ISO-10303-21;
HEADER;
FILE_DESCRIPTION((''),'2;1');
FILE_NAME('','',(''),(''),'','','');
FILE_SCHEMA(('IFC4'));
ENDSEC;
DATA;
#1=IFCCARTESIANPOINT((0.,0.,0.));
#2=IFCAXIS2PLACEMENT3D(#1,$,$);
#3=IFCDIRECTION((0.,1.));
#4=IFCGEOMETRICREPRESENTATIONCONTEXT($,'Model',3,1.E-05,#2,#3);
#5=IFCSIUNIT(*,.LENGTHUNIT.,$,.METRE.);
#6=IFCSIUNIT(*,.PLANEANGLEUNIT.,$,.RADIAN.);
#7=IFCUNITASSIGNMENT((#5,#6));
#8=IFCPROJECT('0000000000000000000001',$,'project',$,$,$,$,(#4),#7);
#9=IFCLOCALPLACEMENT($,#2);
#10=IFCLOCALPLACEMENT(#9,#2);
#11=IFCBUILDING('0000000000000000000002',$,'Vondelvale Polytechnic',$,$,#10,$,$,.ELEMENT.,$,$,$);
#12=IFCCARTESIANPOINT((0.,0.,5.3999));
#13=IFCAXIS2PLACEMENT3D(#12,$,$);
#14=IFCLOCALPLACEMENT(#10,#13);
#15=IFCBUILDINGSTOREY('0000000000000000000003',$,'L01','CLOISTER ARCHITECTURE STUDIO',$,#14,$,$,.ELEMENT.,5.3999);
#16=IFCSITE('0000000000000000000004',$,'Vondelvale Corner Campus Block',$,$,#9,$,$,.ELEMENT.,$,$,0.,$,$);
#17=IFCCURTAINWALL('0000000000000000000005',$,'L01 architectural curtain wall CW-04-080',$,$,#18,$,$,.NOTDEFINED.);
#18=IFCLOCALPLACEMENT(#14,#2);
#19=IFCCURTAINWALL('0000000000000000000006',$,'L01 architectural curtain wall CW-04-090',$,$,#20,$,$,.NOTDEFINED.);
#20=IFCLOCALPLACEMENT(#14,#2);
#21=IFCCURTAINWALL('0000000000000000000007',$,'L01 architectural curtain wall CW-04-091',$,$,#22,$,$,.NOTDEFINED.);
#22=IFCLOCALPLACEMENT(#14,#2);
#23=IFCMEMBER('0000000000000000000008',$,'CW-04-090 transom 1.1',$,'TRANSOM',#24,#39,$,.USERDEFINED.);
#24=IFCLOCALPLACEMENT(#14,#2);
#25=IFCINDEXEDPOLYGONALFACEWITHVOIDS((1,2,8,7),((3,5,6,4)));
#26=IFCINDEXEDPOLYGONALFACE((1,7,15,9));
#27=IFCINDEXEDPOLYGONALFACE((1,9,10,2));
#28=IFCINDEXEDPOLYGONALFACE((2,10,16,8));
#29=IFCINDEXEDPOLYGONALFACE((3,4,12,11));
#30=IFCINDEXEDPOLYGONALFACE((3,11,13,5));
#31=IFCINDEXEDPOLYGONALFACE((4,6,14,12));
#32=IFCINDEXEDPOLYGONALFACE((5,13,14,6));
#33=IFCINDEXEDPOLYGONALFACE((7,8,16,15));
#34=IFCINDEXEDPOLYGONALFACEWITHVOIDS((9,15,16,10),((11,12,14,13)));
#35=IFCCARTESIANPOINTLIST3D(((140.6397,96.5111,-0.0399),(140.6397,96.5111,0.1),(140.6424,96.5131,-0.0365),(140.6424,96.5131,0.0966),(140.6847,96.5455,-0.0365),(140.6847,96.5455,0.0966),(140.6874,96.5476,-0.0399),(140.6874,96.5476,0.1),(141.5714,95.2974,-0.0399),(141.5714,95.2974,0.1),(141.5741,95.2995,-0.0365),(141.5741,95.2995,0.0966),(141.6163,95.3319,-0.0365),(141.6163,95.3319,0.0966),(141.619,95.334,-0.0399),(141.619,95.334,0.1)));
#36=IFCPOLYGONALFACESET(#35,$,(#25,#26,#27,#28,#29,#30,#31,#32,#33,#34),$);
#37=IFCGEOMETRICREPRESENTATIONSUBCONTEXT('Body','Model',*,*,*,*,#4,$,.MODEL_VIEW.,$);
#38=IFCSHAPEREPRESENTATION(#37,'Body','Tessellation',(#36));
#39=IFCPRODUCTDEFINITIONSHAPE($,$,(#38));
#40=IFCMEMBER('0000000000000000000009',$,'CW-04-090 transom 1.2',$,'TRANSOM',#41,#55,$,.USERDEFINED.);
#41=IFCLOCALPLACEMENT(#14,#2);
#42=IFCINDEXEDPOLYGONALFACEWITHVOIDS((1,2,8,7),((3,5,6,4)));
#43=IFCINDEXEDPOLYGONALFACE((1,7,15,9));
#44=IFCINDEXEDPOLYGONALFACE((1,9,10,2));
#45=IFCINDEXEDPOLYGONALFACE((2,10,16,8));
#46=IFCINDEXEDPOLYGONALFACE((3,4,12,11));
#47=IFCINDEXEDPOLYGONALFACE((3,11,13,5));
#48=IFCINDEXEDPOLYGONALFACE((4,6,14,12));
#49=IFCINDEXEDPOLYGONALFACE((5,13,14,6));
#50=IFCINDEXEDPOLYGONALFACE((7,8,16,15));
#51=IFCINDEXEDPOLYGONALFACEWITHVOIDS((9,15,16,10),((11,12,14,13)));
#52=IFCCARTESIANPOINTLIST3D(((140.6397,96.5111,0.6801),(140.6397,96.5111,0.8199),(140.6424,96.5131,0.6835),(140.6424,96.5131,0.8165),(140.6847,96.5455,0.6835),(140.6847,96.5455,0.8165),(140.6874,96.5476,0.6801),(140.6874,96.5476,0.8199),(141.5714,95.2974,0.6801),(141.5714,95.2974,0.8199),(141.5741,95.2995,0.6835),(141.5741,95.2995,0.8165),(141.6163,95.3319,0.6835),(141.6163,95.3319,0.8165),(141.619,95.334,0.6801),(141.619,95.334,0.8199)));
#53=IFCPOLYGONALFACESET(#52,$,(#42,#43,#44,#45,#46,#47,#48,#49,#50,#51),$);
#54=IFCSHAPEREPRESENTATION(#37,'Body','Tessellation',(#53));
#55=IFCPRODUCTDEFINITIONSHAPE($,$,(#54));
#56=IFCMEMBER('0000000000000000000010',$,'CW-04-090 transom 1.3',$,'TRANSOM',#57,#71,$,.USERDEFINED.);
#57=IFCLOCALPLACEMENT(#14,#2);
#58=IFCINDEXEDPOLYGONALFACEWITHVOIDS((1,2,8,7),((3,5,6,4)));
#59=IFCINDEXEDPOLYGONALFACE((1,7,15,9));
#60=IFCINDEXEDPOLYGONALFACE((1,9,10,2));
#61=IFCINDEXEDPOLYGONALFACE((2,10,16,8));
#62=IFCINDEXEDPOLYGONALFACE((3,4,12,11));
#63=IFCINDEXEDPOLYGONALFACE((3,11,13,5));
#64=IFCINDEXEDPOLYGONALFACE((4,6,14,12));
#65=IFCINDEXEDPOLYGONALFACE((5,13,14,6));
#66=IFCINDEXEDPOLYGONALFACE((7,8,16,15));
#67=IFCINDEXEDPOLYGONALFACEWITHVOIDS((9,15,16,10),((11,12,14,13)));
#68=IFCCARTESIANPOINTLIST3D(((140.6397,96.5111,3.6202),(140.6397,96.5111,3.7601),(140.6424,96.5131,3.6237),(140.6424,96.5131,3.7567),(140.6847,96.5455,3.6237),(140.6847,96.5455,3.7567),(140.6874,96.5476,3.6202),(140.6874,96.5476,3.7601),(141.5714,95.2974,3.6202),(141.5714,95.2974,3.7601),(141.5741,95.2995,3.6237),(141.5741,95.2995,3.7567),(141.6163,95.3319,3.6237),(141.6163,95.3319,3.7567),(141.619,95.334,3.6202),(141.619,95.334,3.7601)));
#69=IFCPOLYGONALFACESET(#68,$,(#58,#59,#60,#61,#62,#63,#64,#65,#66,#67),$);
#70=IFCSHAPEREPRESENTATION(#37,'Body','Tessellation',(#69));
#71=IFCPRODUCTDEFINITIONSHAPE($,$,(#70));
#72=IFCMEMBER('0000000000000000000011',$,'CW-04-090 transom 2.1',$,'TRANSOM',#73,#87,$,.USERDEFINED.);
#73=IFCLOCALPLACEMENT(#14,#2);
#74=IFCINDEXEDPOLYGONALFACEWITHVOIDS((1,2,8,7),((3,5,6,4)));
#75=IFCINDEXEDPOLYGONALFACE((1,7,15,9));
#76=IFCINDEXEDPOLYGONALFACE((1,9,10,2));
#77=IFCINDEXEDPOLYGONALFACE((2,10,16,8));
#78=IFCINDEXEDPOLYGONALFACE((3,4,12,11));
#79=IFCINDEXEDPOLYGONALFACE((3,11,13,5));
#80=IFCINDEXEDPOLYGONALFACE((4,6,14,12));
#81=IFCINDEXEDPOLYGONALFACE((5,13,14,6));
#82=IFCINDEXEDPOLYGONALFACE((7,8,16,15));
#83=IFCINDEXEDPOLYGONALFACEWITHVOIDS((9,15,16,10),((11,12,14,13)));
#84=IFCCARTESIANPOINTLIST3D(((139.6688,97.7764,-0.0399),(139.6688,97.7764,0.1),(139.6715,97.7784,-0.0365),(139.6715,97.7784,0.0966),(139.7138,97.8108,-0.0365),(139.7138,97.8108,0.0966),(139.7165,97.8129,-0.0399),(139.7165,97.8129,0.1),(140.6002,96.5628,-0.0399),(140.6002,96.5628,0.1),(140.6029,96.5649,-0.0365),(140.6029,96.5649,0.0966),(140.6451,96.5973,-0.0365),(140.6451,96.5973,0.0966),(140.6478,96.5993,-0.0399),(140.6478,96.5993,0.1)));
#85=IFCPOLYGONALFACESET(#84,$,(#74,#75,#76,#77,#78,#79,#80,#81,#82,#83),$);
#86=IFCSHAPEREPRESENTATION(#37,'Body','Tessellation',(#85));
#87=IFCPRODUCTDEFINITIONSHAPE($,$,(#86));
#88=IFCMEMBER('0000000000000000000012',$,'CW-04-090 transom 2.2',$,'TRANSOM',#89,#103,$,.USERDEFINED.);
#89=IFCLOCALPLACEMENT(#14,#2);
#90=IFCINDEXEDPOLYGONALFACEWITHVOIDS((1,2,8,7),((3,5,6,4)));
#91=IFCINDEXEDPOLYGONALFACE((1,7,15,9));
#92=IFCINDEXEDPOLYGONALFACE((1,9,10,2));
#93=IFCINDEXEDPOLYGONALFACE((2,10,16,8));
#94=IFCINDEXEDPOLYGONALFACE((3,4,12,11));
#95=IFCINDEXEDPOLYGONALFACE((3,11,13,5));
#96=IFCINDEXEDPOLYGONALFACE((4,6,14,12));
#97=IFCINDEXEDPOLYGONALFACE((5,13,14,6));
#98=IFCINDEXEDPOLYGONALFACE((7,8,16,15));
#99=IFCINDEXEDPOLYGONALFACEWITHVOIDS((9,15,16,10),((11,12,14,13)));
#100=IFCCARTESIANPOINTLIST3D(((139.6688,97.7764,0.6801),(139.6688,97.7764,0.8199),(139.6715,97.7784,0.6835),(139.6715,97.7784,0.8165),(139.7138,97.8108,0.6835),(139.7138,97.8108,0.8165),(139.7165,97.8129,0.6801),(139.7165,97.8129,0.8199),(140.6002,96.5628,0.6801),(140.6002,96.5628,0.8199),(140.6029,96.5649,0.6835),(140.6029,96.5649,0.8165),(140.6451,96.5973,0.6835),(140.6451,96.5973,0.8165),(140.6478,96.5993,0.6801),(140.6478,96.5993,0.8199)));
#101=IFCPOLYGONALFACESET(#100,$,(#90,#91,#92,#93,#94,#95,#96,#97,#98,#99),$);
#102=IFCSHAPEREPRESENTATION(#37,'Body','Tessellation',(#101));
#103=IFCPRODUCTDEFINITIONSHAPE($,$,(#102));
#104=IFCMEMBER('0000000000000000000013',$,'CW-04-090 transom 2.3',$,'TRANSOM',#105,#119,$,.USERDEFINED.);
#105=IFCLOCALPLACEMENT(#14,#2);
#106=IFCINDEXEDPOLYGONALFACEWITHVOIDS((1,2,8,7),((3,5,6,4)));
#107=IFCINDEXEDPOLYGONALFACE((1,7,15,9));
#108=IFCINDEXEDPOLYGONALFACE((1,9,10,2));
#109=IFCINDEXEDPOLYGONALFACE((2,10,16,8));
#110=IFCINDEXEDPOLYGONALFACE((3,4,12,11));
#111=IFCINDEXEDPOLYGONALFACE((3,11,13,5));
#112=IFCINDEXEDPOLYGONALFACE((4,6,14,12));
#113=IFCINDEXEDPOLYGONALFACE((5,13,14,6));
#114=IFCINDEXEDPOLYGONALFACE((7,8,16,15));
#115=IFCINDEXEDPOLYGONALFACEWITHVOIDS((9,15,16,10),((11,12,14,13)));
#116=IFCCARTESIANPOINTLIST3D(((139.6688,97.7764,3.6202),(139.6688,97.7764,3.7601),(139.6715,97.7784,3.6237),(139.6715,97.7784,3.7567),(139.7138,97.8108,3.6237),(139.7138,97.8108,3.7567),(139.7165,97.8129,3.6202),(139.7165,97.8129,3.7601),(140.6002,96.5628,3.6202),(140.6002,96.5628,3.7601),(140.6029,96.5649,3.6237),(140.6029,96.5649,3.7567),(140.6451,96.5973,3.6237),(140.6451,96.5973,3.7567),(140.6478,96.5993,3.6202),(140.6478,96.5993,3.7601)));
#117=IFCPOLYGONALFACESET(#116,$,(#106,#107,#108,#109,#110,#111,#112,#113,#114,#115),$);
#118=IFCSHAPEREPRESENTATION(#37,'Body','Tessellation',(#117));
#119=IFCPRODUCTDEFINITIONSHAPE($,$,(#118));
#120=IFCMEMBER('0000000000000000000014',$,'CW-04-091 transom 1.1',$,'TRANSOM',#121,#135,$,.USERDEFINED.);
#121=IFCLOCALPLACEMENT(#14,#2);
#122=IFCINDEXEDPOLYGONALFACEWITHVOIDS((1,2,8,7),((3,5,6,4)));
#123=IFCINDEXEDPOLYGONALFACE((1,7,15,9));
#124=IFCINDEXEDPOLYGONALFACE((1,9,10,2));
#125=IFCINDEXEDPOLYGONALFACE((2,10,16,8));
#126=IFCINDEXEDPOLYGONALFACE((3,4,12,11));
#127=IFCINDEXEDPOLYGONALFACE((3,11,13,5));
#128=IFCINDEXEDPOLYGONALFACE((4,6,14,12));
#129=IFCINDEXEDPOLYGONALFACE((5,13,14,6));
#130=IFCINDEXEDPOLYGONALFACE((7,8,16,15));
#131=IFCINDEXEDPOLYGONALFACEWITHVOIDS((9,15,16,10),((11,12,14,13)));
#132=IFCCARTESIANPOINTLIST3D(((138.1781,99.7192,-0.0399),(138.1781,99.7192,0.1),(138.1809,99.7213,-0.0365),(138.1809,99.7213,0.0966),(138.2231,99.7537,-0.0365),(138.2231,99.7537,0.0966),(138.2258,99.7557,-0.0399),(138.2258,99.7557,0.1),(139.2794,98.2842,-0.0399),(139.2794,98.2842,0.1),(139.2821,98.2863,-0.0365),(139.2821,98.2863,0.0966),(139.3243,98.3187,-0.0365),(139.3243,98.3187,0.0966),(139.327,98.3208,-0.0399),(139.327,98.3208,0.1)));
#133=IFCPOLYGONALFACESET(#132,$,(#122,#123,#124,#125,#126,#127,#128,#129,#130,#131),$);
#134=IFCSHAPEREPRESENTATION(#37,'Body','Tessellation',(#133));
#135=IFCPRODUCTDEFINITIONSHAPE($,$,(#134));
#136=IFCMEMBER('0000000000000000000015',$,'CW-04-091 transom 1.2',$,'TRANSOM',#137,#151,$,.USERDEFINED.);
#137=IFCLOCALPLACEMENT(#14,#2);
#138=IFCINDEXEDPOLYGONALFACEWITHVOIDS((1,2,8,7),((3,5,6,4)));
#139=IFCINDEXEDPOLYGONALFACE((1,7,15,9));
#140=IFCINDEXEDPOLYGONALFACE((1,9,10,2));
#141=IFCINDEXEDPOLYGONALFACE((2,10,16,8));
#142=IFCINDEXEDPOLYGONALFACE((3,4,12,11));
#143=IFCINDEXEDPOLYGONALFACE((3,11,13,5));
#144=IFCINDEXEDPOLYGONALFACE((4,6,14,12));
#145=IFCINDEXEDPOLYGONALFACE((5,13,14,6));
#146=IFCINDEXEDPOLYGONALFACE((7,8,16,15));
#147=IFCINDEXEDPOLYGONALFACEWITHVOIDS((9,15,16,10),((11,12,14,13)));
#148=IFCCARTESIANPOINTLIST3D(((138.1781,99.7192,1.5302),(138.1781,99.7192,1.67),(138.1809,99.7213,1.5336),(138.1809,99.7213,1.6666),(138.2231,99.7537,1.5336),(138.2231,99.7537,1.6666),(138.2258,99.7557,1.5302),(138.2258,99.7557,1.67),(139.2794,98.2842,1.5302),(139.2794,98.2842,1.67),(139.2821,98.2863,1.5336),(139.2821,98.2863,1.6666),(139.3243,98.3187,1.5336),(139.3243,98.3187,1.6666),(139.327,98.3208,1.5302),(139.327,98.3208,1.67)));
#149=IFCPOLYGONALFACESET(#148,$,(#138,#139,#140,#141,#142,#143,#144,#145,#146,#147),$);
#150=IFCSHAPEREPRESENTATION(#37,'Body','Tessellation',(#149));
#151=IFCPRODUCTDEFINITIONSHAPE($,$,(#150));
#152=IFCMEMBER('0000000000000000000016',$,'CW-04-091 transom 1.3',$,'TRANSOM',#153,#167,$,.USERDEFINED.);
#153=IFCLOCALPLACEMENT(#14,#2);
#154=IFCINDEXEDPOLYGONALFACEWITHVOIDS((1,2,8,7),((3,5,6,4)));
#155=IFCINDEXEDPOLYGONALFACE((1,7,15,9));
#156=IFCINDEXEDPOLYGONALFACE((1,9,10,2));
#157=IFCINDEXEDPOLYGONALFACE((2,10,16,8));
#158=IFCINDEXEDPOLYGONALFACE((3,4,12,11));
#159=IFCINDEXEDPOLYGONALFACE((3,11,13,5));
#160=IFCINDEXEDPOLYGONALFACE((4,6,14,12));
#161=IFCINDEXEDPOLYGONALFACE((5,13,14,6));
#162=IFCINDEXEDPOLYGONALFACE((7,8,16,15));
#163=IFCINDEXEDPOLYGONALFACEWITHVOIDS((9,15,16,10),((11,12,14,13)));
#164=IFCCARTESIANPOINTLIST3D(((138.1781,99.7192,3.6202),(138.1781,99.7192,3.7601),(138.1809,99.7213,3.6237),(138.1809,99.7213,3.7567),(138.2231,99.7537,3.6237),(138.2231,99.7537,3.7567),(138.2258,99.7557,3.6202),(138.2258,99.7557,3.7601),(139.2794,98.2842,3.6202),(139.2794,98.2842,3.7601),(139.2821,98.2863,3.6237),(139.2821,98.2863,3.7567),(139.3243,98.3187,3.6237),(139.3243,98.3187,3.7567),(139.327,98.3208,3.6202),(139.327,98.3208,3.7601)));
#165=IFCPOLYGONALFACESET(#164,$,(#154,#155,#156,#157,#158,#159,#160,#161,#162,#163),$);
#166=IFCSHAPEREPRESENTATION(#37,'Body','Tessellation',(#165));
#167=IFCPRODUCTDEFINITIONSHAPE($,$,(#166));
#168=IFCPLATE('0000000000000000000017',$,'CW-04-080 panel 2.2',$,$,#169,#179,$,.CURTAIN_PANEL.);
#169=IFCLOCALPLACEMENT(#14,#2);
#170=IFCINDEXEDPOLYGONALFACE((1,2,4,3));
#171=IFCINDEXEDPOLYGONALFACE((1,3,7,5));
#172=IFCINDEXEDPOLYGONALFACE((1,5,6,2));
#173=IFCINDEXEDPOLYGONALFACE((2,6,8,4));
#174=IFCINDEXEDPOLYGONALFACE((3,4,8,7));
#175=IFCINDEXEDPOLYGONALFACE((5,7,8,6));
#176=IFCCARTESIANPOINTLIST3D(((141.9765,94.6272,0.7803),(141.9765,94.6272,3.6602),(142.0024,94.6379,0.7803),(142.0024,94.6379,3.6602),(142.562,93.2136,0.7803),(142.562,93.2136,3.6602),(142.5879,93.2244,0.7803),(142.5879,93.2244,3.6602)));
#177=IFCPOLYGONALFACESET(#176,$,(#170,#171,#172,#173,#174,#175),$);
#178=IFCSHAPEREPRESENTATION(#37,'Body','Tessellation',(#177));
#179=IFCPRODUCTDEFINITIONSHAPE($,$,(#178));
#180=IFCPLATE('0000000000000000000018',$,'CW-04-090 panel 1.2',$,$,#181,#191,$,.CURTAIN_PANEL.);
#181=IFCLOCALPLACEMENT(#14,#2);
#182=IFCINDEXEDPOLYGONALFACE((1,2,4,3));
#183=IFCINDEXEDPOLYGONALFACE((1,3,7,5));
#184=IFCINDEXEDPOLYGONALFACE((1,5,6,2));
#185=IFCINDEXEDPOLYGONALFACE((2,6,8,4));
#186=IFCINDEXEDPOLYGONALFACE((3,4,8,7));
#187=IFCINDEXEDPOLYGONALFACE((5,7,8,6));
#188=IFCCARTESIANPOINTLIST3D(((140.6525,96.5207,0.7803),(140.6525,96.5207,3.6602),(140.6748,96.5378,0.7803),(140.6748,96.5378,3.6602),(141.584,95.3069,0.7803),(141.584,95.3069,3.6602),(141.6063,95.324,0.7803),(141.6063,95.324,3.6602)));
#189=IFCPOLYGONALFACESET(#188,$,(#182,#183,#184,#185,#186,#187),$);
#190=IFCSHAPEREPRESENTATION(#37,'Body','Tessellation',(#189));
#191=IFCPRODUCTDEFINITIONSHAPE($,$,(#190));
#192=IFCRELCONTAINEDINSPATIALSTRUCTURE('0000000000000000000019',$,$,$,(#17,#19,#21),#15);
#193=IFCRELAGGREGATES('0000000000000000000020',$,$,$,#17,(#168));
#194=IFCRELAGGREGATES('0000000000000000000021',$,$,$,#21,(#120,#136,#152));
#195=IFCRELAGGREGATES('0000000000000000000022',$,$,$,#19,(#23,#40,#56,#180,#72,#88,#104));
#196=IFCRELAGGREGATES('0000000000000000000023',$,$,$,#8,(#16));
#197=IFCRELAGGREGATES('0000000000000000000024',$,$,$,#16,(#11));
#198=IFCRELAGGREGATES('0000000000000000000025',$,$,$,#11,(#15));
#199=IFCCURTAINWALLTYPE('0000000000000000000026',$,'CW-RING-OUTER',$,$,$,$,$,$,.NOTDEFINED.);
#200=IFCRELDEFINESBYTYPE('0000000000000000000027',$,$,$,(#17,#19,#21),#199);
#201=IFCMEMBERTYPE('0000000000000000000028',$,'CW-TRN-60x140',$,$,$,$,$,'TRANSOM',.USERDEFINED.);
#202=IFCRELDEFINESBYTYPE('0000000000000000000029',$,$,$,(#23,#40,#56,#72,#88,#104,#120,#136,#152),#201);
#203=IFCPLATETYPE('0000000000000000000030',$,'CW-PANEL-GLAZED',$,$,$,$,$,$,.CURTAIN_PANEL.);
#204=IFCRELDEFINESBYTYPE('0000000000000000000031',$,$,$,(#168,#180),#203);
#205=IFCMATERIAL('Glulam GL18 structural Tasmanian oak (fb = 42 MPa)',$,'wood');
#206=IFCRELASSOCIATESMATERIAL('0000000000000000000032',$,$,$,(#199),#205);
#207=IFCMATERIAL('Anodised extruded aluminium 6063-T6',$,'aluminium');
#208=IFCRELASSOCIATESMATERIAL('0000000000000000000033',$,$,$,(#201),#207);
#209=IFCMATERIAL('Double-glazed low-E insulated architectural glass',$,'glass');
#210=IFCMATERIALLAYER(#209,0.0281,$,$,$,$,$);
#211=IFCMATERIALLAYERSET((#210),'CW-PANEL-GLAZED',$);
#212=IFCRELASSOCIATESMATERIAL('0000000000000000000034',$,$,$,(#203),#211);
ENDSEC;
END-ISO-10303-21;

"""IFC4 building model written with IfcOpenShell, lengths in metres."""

from ifc_helpers import new_model, si_unit, direction, frame, origin, origin_2d, place, context, subcontext, project, spatial, rectangle, hollow_rectangle, extrude, material, layer, layer_set, material_profile, profile_set, type_object, element, aggregate, save


model = new_model("IFC4")

# Units and contexts
model_context = context("Model", 3, precision=1e-05, world=origin(), true_north=direction((0.0, 1.0)))
body_context = subcontext(model_context, "Body", "Model", "MODEL_VIEW")
ifc_project = project(units=[si_unit("LENGTHUNIT", "METRE"), si_unit("PLANEANGLEUNIT", "RADIAN")], contexts=[model_context])

# Site, building, storey
site_placement = place(None, origin())
site = spatial("IfcSite", under=ifc_project, at=site_placement, Name="Vondelvale Corner Campus Block", CompositionType="ELEMENT", RefElevation=0.0)
building_placement = place(site_placement, origin())
building = spatial("IfcBuilding", under=site, at=building_placement, Name="Vondelvale Polytechnic", CompositionType="ELEMENT")
storey_placement = place(building_placement, frame((0.0, 0.0, 5.3999)))
storey = spatial("IfcBuildingStorey", under=building, at=storey_placement, Name="L01", Description="CLOISTER ARCHITECTURE STUDIO", CompositionType="ELEMENT", Elevation=5.3999)

# Shared definitions
ifc_material_1 = material(Name="Glulam GL18 structural Tasmanian oak (fb = 42 MPa)", Category="wood")

# Curtain wall
curtain_wall_type = type_object("IfcCurtainWallType", Name="CW-RING-OUTER", PredefinedType="NOTDEFINED", material=ifc_material_1)
curtain_wall_1_placement = place(storey_placement, origin())
curtain_wall_1 = element("IfcCurtainWall", 1, at=curtain_wall_1_placement, inside=storey, type_object=curtain_wall_type, Name="L01 architectural curtain wall CW-04-080", PredefinedType="NOTDEFINED")
ifc_material_2 = material(Name="Anodised extruded aluminium 6063-T6", Category="aluminium")

# Curtain walls
curtain_wall_2_placement = place(storey_placement, origin())
curtain_wall_2 = element("IfcCurtainWall", 2, at=curtain_wall_2_placement, inside=storey, type_object=curtain_wall_type, Name="L01 architectural curtain wall CW-04-090", PredefinedType="NOTDEFINED")
curtain_wall_3_placement = place(storey_placement, origin())
curtain_wall_3 = element("IfcCurtainWall", 3, at=curtain_wall_3_placement, inside=storey, type_object=curtain_wall_type, Name="L01 architectural curtain wall CW-04-091", PredefinedType="NOTDEFINED")

# Members
ifc_material_profile_1 = material_profile(ifc_material_2, hollow_rectangle(XDim=0.0601, YDim=0.1399, WallThickness=0.0034, at=origin_2d()), Name="CW-TRN-140x60")
ifc_profile_set_1 = profile_set([ifc_material_profile_1], Name="Anodised extruded aluminium 6063-T6")
member_type_1 = type_object("IfcMemberType", Name="CW-TRN-60x140", ElementType="TRANSOM", PredefinedType="USERDEFINED", material=ifc_profile_set_1)
member_1_placement = place(storey_placement, frame((141.5952, 95.3157, 0.03), z_axis=(-0.608924, 0.793229, 0.0), x_axis=(-0.793229, -0.608924, 0.0)))
member_1 = element("IfcMember", 4, at=member_1_placement, type_object=member_type_1, Name="CW-04-090 transom 1.1", ObjectType="TRANSOM", PredefinedType="USERDEFINED", context=body_context, shape_type="SweptSolid", body=[
    extrude(hollow_rectangle(XDim=0.0601, YDim=0.1399, WallThickness=0.0034, at=origin_2d()), origin(), (0.0, 0.0, 1.0), 1.53),
])
member_2_placement = place(storey_placement, frame((141.5952, 95.3157, 0.75), z_axis=(-0.608924, 0.793229, 0.0), x_axis=(-0.793229, -0.608924, 0.0)))
member_2 = element("IfcMember", 5, at=member_2_placement, type_object=member_type_1, Name="CW-04-090 transom 1.2", ObjectType="TRANSOM", PredefinedType="USERDEFINED", context=body_context, shape_type="SweptSolid", body=[
    extrude(hollow_rectangle(XDim=0.0601, YDim=0.1399, WallThickness=0.0034, at=origin_2d()), origin(), (0.0, 0.0, 1.0), 1.53),
])
member_3_placement = place(storey_placement, frame((141.5952, 95.3157, 3.6902), z_axis=(-0.608924, 0.793229, 0.0), x_axis=(-0.793229, -0.608924, 0.0)))
member_3 = element("IfcMember", 6, at=member_3_placement, type_object=member_type_1, Name="CW-04-090 transom 1.3", ObjectType="TRANSOM", PredefinedType="USERDEFINED", context=body_context, shape_type="SweptSolid", body=[
    extrude(hollow_rectangle(XDim=0.0601, YDim=0.1399, WallThickness=0.0034, at=origin_2d()), origin(), (0.0, 0.0, 1.0), 1.53),
])
member_4_placement = place(storey_placement, frame((140.624, 96.5811, 0.03), z_axis=(-0.608823, 0.793306, 0.0), x_axis=(-0.793306, -0.608823, 0.0)))
member_4 = element("IfcMember", 7, at=member_4_placement, type_object=member_type_1, Name="CW-04-090 transom 2.1", ObjectType="TRANSOM", PredefinedType="USERDEFINED", context=body_context, shape_type="SweptSolid", body=[
    extrude(hollow_rectangle(XDim=0.0601, YDim=0.1399, WallThickness=0.0034, at=origin_2d()), origin(), (0.0, 0.0, 1.0), 1.5298),
])
member_5_placement = place(storey_placement, frame((140.624, 96.5811, 0.75), z_axis=(-0.608823, 0.793306, 0.0), x_axis=(-0.793306, -0.608823, 0.0)))
member_5 = element("IfcMember", 8, at=member_5_placement, type_object=member_type_1, Name="CW-04-090 transom 2.2", ObjectType="TRANSOM", PredefinedType="USERDEFINED", context=body_context, shape_type="SweptSolid", body=[
    extrude(hollow_rectangle(XDim=0.0601, YDim=0.1399, WallThickness=0.0034, at=origin_2d()), origin(), (0.0, 0.0, 1.0), 1.5298),
])
member_6_placement = place(storey_placement, frame((140.624, 96.5811, 3.6902), z_axis=(-0.608823, 0.793306, 0.0), x_axis=(-0.793306, -0.608823, 0.0)))
member_6 = element("IfcMember", 9, at=member_6_placement, type_object=member_type_1, Name="CW-04-090 transom 2.3", ObjectType="TRANSOM", PredefinedType="USERDEFINED", context=body_context, shape_type="SweptSolid", body=[
    extrude(hollow_rectangle(XDim=0.0601, YDim=0.1399, WallThickness=0.0034, at=origin_2d()), origin(), (0.0, 0.0, 1.0), 1.5298),
])
member_7_placement = place(storey_placement, frame((139.3032, 98.3025, 0.03), z_axis=(-0.608817, 0.793311, 0.0), x_axis=(-0.793311, -0.608817, 0.0)))
member_7 = element("IfcMember", 10, at=member_7_placement, type_object=member_type_1, Name="CW-04-091 transom 1.1", ObjectType="TRANSOM", PredefinedType="USERDEFINED", context=body_context, shape_type="SweptSolid", body=[
    extrude(hollow_rectangle(XDim=0.0601, YDim=0.1399, WallThickness=0.0034, at=origin_2d()), origin(), (0.0, 0.0, 1.0), 1.8088),
])
member_8_placement = place(storey_placement, frame((139.3032, 98.3025, 1.6001), z_axis=(-0.608817, 0.793311, 0.0), x_axis=(-0.793311, -0.608817, 0.0)))
member_8 = element("IfcMember", 11, at=member_8_placement, type_object=member_type_1, Name="CW-04-091 transom 1.2", ObjectType="TRANSOM", PredefinedType="USERDEFINED", context=body_context, shape_type="SweptSolid", body=[
    extrude(hollow_rectangle(XDim=0.0601, YDim=0.1399, WallThickness=0.0034, at=origin_2d()), origin(), (0.0, 0.0, 1.0), 1.8088),
])
member_9_placement = place(storey_placement, frame((139.3032, 98.3025, 3.6902), z_axis=(-0.608817, 0.793311, 0.0), x_axis=(-0.793311, -0.608817, 0.0)))
member_9 = element("IfcMember", 12, at=member_9_placement, type_object=member_type_1, Name="CW-04-091 transom 1.3", ObjectType="TRANSOM", PredefinedType="USERDEFINED", context=body_context, shape_type="SweptSolid", body=[
    extrude(hollow_rectangle(XDim=0.0601, YDim=0.1399, WallThickness=0.0034, at=origin_2d()), origin(), (0.0, 0.0, 1.0), 1.8088),
])

# Plates
ifc_material_3 = material(Name="Double-glazed low-E insulated architectural glass", Category="glass")
ifc_layer_1 = layer(ifc_material_3, 0.0281)
ifc_layer_set_1 = layer_set([ifc_layer_1], Name="CW-PANEL-GLAZED")
plate_type_1 = type_object("IfcPlateType", Name="CW-PANEL-GLAZED", PredefinedType="CURTAIN_PANEL", material=ifc_layer_set_1)
plate_1_placement = place(storey_placement, frame((142.2822, 93.9258, 0.7803), z_axis=(0.0, 0.0, 1.0), x_axis=(-0.382677, 0.923882, 0.0)))
plate_1 = element("IfcPlate", 13, at=plate_1_placement, type_object=plate_type_1, Name="CW-04-080 panel 2.2", PredefinedType="CURTAIN_PANEL", context=body_context, shape_type="SweptSolid", body=[
    extrude(rectangle(XDim=1.53, YDim=0.0281, at=origin_2d()), origin(), (0.0, 0.0, 1.0), 2.8799),
])
aggregate(curtain_wall_1, [plate_1])
plate_2_placement = place(storey_placement, frame((141.1294, 95.9224, 0.7803), z_axis=(0.0, 0.0, 1.0), x_axis=(-0.608787, 0.793334, 0.0)))
plate_2 = element("IfcPlate", 14, at=plate_2_placement, type_object=plate_type_1, Name="CW-04-090 panel 1.2", PredefinedType="CURTAIN_PANEL", context=body_context, shape_type="SweptSolid", body=[
    extrude(rectangle(XDim=1.53, YDim=0.0281, at=origin_2d()), origin(), (0.0, 0.0, 1.0), 2.8799),
])
aggregate(curtain_wall_3, [member_7, member_8, member_9])
aggregate(curtain_wall_2, [member_1, member_2, member_3, plate_2, member_4, member_5, member_6])

save(model, "model.ifc")
